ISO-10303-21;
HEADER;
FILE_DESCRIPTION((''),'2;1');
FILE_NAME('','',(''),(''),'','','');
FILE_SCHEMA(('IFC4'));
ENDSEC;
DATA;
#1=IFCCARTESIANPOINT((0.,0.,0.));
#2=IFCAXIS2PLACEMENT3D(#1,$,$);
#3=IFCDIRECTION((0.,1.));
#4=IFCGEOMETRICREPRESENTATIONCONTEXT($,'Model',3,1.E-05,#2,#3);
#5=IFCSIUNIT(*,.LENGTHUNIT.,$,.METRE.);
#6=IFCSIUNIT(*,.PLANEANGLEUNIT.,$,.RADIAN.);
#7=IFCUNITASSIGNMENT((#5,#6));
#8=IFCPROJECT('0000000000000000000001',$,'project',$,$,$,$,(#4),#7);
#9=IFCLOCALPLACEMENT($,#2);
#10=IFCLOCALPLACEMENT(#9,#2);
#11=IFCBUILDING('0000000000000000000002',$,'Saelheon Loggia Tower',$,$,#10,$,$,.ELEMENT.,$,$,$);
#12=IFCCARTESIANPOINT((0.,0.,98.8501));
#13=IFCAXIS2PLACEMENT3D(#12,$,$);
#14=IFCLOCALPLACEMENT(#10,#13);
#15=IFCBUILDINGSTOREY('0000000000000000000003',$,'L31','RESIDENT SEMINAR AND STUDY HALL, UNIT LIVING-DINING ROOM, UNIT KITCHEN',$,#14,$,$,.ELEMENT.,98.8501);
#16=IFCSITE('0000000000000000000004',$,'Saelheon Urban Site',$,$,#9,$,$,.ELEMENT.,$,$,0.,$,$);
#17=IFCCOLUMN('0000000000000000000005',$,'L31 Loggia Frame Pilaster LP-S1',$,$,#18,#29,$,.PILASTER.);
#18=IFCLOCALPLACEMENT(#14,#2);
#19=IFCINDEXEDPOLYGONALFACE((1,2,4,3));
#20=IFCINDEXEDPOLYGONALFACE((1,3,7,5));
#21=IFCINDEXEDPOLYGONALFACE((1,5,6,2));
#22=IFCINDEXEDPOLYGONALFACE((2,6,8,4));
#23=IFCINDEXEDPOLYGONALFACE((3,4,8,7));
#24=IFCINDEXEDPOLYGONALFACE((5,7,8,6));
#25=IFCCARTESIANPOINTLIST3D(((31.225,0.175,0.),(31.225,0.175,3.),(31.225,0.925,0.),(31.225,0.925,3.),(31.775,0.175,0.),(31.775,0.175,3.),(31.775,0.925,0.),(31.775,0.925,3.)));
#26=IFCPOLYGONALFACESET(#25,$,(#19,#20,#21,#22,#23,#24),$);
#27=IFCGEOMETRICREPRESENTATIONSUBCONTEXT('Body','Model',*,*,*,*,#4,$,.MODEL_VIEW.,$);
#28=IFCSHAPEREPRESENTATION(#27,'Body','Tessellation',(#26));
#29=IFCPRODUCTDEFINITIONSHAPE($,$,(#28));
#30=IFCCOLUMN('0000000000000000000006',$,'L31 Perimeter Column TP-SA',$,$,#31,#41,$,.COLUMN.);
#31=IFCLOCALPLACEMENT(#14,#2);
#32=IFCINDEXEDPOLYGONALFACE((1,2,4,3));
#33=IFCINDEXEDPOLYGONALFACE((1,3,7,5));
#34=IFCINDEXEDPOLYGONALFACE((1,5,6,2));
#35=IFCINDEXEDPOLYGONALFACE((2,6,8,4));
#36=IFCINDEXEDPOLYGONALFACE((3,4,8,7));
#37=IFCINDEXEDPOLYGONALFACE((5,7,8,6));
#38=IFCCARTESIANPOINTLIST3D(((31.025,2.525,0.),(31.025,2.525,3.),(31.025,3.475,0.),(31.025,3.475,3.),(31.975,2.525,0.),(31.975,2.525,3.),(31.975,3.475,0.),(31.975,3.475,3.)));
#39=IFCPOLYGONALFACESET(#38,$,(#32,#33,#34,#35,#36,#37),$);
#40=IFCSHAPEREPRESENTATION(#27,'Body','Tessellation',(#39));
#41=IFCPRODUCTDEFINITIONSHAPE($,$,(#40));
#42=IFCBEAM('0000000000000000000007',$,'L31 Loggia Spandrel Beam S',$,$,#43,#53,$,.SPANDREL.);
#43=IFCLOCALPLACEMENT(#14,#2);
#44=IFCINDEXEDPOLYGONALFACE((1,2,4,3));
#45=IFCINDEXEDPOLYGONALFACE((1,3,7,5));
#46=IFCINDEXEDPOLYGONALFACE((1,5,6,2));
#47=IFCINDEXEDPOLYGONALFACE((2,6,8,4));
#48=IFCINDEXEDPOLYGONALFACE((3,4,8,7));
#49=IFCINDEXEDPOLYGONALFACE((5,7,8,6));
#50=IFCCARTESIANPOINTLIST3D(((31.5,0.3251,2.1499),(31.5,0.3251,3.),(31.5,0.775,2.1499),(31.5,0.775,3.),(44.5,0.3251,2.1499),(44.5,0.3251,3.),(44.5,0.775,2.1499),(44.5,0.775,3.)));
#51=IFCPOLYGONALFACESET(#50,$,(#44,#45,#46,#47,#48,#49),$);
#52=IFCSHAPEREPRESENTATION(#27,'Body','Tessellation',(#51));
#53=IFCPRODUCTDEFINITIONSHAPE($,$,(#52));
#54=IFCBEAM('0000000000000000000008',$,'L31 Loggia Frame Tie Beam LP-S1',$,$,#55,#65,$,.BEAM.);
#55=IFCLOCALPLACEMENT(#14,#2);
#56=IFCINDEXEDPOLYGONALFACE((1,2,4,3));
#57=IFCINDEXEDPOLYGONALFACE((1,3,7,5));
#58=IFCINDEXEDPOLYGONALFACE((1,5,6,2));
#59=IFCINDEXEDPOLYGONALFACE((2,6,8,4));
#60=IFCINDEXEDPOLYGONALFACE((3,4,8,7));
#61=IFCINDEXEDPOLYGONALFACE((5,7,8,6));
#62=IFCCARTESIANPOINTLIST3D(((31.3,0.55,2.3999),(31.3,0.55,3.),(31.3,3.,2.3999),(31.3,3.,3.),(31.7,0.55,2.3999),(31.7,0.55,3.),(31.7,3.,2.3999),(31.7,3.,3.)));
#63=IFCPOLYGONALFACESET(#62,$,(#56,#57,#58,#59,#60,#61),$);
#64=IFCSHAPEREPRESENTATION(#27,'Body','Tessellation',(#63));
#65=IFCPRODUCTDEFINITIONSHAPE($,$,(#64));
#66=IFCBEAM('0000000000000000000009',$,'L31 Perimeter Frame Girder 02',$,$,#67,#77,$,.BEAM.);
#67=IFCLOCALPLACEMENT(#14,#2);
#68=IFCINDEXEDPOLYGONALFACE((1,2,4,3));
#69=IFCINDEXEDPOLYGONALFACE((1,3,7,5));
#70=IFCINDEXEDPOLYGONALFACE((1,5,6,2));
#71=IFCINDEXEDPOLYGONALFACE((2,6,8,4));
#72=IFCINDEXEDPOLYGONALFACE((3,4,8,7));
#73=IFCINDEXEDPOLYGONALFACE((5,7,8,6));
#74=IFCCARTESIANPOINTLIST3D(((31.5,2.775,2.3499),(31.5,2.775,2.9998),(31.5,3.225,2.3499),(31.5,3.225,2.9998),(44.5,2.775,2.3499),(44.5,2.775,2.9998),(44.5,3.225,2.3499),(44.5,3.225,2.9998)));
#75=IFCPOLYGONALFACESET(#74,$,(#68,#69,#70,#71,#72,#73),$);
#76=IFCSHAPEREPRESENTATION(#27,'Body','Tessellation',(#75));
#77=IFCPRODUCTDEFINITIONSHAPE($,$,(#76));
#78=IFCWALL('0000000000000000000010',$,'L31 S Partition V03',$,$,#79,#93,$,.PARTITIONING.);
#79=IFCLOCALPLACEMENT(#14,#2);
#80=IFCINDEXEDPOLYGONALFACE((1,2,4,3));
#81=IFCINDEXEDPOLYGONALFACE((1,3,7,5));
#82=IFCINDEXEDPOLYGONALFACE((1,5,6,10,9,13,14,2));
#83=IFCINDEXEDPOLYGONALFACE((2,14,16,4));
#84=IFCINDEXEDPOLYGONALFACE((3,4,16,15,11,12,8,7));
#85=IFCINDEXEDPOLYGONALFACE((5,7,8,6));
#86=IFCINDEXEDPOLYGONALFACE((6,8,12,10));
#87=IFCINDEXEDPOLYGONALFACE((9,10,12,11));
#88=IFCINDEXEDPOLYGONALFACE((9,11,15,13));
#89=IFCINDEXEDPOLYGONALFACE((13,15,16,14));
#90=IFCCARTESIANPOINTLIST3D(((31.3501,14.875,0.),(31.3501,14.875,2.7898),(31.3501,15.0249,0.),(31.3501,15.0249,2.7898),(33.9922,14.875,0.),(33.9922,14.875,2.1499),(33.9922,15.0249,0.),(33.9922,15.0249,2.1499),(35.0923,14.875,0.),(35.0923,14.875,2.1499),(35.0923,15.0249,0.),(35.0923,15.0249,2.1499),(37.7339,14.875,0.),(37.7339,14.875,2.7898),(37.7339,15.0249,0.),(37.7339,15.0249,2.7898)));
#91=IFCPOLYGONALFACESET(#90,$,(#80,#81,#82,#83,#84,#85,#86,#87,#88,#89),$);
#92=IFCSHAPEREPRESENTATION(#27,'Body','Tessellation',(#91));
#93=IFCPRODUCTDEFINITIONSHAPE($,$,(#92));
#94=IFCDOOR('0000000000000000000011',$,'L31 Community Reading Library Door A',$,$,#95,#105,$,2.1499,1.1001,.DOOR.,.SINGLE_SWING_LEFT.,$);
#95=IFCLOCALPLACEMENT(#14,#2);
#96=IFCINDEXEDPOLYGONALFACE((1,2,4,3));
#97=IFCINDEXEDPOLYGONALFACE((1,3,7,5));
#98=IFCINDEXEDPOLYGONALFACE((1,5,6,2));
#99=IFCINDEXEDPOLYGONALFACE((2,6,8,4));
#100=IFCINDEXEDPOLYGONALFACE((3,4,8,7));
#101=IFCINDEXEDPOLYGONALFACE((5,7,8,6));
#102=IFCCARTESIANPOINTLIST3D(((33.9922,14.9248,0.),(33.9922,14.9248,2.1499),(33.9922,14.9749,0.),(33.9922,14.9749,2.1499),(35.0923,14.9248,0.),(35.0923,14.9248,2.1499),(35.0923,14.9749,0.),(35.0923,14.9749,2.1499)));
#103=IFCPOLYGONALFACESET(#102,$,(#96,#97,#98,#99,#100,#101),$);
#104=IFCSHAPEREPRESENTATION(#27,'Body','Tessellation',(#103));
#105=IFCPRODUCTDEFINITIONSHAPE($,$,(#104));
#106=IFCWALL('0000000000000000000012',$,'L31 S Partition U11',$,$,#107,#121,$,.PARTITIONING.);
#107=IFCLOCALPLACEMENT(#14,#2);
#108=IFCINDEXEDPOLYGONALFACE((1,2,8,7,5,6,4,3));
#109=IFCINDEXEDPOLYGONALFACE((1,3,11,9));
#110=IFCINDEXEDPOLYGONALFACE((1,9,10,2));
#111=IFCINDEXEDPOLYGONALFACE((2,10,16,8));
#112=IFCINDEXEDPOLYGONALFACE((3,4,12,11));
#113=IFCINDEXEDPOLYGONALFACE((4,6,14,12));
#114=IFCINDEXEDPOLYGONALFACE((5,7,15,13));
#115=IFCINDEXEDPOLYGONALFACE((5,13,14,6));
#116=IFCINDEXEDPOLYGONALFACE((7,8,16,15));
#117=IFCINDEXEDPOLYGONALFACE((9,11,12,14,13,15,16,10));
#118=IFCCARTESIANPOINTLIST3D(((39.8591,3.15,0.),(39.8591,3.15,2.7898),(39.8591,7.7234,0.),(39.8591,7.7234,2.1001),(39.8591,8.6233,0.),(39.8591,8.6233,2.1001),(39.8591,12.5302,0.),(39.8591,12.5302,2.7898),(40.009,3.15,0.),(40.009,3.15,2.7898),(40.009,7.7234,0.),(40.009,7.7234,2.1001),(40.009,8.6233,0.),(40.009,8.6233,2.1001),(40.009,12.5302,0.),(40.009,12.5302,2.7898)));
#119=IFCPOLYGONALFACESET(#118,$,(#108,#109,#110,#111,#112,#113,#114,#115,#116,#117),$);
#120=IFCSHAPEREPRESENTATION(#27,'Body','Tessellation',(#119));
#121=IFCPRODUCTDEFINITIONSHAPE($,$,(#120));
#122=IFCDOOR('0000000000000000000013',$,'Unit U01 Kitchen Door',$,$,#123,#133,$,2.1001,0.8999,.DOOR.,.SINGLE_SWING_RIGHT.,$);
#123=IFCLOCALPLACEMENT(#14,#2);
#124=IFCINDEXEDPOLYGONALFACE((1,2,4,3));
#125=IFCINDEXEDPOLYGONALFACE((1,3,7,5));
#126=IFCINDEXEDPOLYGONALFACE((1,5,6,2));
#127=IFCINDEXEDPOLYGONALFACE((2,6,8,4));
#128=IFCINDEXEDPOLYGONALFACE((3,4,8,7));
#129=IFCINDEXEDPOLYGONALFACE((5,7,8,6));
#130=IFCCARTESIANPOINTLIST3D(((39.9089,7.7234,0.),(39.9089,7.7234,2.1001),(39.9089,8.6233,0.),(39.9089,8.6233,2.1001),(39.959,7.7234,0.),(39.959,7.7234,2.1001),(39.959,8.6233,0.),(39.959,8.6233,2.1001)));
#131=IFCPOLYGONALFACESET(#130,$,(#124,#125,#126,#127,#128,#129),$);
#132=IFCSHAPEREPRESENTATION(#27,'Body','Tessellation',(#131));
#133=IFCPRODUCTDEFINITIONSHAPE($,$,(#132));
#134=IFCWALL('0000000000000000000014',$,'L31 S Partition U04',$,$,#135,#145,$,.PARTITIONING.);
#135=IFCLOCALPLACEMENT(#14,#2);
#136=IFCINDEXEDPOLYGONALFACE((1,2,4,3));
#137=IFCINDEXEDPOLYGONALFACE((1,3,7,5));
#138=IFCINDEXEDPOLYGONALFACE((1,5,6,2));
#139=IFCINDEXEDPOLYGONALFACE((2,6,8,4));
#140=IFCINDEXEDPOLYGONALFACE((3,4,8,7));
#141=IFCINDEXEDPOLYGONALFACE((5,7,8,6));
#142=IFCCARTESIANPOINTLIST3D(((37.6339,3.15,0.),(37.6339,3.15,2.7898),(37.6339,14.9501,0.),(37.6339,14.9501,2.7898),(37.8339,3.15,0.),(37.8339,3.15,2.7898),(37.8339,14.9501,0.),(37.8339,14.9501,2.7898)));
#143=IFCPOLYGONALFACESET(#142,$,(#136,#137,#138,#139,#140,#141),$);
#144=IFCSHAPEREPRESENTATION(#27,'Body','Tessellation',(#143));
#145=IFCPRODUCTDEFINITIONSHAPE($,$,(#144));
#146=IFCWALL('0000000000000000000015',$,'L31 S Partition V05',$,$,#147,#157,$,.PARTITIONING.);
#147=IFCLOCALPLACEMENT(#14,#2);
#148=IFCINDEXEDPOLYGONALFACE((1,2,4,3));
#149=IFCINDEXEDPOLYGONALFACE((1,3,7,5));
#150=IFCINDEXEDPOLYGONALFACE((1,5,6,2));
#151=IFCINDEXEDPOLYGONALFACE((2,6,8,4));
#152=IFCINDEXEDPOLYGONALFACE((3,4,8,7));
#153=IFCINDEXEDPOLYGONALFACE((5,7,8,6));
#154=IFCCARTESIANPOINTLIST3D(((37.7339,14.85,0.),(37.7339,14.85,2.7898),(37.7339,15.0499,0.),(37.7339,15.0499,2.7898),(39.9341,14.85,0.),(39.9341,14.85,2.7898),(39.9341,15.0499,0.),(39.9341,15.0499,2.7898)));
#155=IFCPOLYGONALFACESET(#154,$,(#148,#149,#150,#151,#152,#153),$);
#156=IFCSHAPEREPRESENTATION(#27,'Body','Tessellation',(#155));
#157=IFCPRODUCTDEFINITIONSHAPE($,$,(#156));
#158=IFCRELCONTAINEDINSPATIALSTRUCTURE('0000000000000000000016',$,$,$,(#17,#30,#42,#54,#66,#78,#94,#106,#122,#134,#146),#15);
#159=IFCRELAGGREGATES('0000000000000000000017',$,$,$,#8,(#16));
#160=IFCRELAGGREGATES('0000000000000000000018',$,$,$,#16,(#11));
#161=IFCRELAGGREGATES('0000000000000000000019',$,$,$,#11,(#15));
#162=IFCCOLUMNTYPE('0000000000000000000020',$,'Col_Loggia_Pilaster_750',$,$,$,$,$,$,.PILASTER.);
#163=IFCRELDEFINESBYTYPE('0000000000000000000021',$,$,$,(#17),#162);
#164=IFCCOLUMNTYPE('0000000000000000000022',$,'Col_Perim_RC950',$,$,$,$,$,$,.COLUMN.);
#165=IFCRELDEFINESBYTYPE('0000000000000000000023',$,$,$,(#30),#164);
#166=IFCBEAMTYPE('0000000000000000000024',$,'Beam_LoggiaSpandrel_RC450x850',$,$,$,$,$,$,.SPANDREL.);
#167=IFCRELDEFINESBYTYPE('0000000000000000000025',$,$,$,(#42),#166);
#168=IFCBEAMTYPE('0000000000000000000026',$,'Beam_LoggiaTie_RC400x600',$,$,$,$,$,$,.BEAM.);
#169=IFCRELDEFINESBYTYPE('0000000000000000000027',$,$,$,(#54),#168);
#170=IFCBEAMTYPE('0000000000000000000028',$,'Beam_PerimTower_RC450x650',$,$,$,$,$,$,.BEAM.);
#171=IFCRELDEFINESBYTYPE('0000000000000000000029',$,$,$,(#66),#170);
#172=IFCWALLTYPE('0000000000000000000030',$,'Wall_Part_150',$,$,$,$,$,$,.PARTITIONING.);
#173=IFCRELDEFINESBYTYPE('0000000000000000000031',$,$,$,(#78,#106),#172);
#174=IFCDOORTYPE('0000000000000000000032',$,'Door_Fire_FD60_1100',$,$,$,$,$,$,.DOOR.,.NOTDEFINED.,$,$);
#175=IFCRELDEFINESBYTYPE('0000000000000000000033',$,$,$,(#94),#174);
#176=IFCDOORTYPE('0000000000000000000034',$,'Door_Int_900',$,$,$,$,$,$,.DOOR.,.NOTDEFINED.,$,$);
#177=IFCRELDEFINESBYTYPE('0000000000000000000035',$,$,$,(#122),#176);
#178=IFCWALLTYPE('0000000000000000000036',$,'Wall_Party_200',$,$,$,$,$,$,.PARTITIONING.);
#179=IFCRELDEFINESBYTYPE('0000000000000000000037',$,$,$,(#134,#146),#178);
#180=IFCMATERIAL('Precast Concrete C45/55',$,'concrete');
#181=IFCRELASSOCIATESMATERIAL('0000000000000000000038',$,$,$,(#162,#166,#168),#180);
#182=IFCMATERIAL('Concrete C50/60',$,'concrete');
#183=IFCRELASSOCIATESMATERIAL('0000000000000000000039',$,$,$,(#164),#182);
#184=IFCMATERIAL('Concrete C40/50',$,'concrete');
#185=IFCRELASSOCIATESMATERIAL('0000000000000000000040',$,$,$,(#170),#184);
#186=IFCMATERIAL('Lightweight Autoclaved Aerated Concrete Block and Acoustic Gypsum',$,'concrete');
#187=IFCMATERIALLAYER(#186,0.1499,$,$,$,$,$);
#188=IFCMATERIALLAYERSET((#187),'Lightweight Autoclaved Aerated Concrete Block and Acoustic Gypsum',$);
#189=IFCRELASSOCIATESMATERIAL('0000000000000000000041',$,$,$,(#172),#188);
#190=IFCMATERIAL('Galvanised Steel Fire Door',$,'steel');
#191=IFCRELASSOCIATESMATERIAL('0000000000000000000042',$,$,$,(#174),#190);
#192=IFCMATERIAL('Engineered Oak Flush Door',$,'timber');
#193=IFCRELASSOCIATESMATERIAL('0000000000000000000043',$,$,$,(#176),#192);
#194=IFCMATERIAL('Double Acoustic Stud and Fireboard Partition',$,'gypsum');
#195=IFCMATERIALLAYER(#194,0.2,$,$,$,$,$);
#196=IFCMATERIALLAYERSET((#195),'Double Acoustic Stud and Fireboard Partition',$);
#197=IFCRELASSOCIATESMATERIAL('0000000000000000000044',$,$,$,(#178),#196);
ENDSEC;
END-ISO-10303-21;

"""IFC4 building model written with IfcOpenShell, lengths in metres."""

from ifc_helpers import new_model, si_unit, direction, frame, frame_2d, origin, origin_2d, place, context, subcontext, project, spatial, rectangle, extrude, source, transform, mapped, material, layer, layer_set, material_profile, profile_set, type_object, element, fill, save


model = new_model("IFC4")

# Units and contexts
model_context = context("Model", 3, precision=1e-05, world=origin(), true_north=direction((0.0, 1.0)))
body_context = subcontext(model_context, "Body", "Model", "MODEL_VIEW")
ifc_project = project(units=[si_unit("LENGTHUNIT", "METRE"), si_unit("PLANEANGLEUNIT", "RADIAN")], contexts=[model_context])

# Site, building, storey
site_placement = place(None, origin())
site = spatial("IfcSite", under=ifc_project, at=site_placement, Name="Saelheon Urban Site", CompositionType="ELEMENT", RefElevation=0.0)
building_placement = place(site_placement, origin())
building = spatial("IfcBuilding", under=site, at=building_placement, Name="Saelheon Loggia Tower", CompositionType="ELEMENT")
storey_placement = place(building_placement, frame((0.0, 0.0, 98.8501)))
storey = spatial("IfcBuildingStorey", under=building, at=storey_placement, Name="L31", Description="RESIDENT SEMINAR AND STUDY HALL, UNIT LIVING-DINING ROOM, UNIT KITCHEN", CompositionType="ELEMENT", Elevation=98.8501)

# Columns
ifc_material_1 = material(Name="Precast Concrete C45/55", Category="concrete")
ifc_material_profile_1 = material_profile(ifc_material_1, rectangle(XDim=0.55, YDim=0.75, at=origin_2d()), Name="RC-550x750")
ifc_profile_set_1 = profile_set([ifc_material_profile_1], Name="Precast Concrete C45/55")
column_type_1 = type_object("IfcColumnType", Name="Col_Loggia_Pilaster_750", PredefinedType="PILASTER", material=ifc_profile_set_1)
shared_shape_1 = source(origin(), body_context, "Body", "SweptSolid", [
    extrude(rectangle(XDim=0.55, YDim=0.75, at=origin_2d()), origin(), (0.0, 0.0, 1.0), 3.0),
])
column_1_placement = place(storey_placement, frame((31.5, 0.55, 0.0), z_axis=(0.0, 0.0, 1.0), x_axis=(1.0, 0.0, 0.0)))
element("IfcColumn", 1, at=column_1_placement, inside=storey, type_object=column_type_1, Name="L31 Loggia Frame Pilaster LP-S1", PredefinedType="PILASTER", context=body_context, shape_type="MappedRepresentation", body=[
    mapped(shared_shape_1, transform((0.0, 0.0, 0.0), scale=1.0)),
])
ifc_material_2 = material(Name="Concrete C50/60", Category="concrete")
ifc_material_profile_2 = material_profile(ifc_material_2, rectangle(XDim=0.95, YDim=0.95, at=origin_2d()), Name="RC-950x950")
ifc_profile_set_2 = profile_set([ifc_material_profile_2], Name="Concrete C50/60")
column_type_2 = type_object("IfcColumnType", Name="Col_Perim_RC950", PredefinedType="COLUMN", material=ifc_profile_set_2)
shared_shape_2 = source(origin(), body_context, "Body", "SweptSolid", [
    extrude(rectangle(XDim=0.95, YDim=0.95, at=origin_2d()), origin(), (0.0, 0.0, 1.0), 3.0),
])
column_2_placement = place(storey_placement, frame((31.5, 3.0, 0.0), z_axis=(0.0, 0.0, 1.0), x_axis=(1.0, 0.0, 0.0)))
element("IfcColumn", 2, at=column_2_placement, inside=storey, type_object=column_type_2, Name="L31 Perimeter Column TP-SA", PredefinedType="COLUMN", context=body_context, shape_type="MappedRepresentation", body=[
    mapped(shared_shape_2, transform((0.0, 0.0, 0.0), scale=1.0)),
])

# Beams
ifc_material_profile_3 = material_profile(ifc_material_1, rectangle(XDim=0.45, YDim=0.8501, at=origin_2d()), Name="RC-450x850")
ifc_profile_set_3 = profile_set([ifc_material_profile_3], Name="Precast Concrete C45/55")
beam_type_1 = type_object("IfcBeamType", Name="Beam_LoggiaSpandrel_RC450x850", PredefinedType="SPANDREL", material=ifc_profile_set_3)
shared_shape_3 = source(origin(), body_context, "Body", "SweptSolid", [
    extrude(rectangle(XDim=0.45, YDim=0.8501, at=origin_2d()), origin(), (0.0, 0.0, 1.0), 13.0),
])
beam_1_placement = place(storey_placement, frame((31.5, 0.55, 2.575), z_axis=(1.0, 0.0, 0.0), x_axis=(0.0, 1.0, 0.0)))
element("IfcBeam", 3, at=beam_1_placement, inside=storey, type_object=beam_type_1, Name="L31 Loggia Spandrel Beam S", PredefinedType="SPANDREL", context=body_context, shape_type="MappedRepresentation", body=[
    mapped(shared_shape_3, transform((0.0, 0.0, 0.0), scale=1.0)),
])
ifc_material_profile_4 = material_profile(ifc_material_1, rectangle(XDim=0.3999, YDim=0.6001, at=origin_2d()), Name="RC-400x600")
ifc_profile_set_4 = profile_set([ifc_material_profile_4], Name="Precast Concrete C45/55")
beam_type_2 = type_object("IfcBeamType", Name="Beam_LoggiaTie_RC400x600", PredefinedType="BEAM", material=ifc_profile_set_4)
shared_shape_4 = source(origin(), body_context, "Body", "SweptSolid", [
    extrude(rectangle(XDim=0.3999, YDim=0.6001, at=origin_2d()), origin(), (0.0, 0.0, 1.0), 2.45),
])
beam_2_placement = place(storey_placement, frame((31.5, 3.0, 2.7), z_axis=(0.0, -1.0, 0.0), x_axis=(1.0, 0.0, 0.0)))
element("IfcBeam", 4, at=beam_2_placement, inside=storey, type_object=beam_type_2, Name="L31 Loggia Frame Tie Beam LP-S1", PredefinedType="BEAM", context=body_context, shape_type="MappedRepresentation", body=[
    mapped(shared_shape_4, transform((0.0, 0.0, 0.0), scale=1.0)),
])
ifc_material_3 = material(Name="Concrete C40/50", Category="concrete")
ifc_material_profile_5 = material_profile(ifc_material_3, rectangle(XDim=0.45, YDim=0.6499, at=origin_2d()), Name="RC-450x650")
ifc_profile_set_5 = profile_set([ifc_material_profile_5], Name="Concrete C40/50")
beam_type_3 = type_object("IfcBeamType", Name="Beam_PerimTower_RC450x650", PredefinedType="BEAM", material=ifc_profile_set_5)
shared_shape_5 = source(origin(), body_context, "Body", "SweptSolid", [
    extrude(rectangle(XDim=0.45, YDim=0.6499, at=origin_2d()), origin(), (0.0, 0.0, 1.0), 13.0),
])
beam_3_placement = place(storey_placement, frame((31.5, 3.0, 2.6748), z_axis=(1.0, 0.0, 0.0), x_axis=(0.0, 1.0, 0.0)))
element("IfcBeam", 5, at=beam_3_placement, inside=storey, type_object=beam_type_3, Name="L31 Perimeter Frame Girder 02", PredefinedType="BEAM", context=body_context, shape_type="MappedRepresentation", body=[
    mapped(shared_shape_5, transform((0.0, 0.0, 0.0), scale=1.0)),
])

# Walls, openings, doors
ifc_material_4 = material(Name="Lightweight Autoclaved Aerated Concrete Block and Acoustic Gypsum", Category="concrete")
ifc_layer_1 = layer(ifc_material_4, 0.1499)
ifc_layer_set_1 = layer_set([ifc_layer_1], Name="Lightweight Autoclaved Aerated Concrete Block and Acoustic Gypsum")
wall_type_1 = type_object("IfcWallType", Name="Wall_Part_150", PredefinedType="PARTITIONING", material=ifc_layer_set_1)
wall_1_placement = place(storey_placement, frame((31.3501, 14.95, 0.0), z_axis=(0.0, 0.0, 1.0), x_axis=(1.0, 0.0, 0.0)))
wall_1 = element("IfcWall", 6, at=wall_1_placement, inside=storey, type_object=wall_type_1, Name="L31 S Partition V03", PredefinedType="PARTITIONING", context=body_context, shape_type="SweptSolid", body=[
    extrude(rectangle(XDim=6.3838, YDim=0.1499, at=frame_2d((3.1919, 0.0))), origin(), (0.0, 0.0, 1.0), 2.7898),
])
opening_1_placement = place(wall_1_placement, frame((2.6421, 0.0, 0.0)))
opening_1 = element("IfcOpeningElement", 7, at=opening_1_placement, cuts=wall_1, PredefinedType="OPENING", context=body_context, shape_type="SweptSolid", body=[
    extrude(rectangle(XDim=1.1001, YDim=2.1499, at=frame_2d((0.55, 1.075))), frame((0.0, 0.0869, 0.0), z_axis=(0.0, -1.0, 0.0), x_axis=(1.0, 0.0, 0.0)), (0.0, 0.0, 1.0), 0.1738),
])
ifc_material_5 = material(Name="Galvanised Steel Fire Door", Category="steel")
door_type_1 = type_object("IfcDoorType", Name="Door_Fire_FD60_1100", OperationType="NOTDEFINED", PredefinedType="DOOR", material=ifc_material_5)
shared_shape_6 = source(origin(), body_context, "Body", "SweptSolid", [
    extrude(rectangle(XDim=1.1001, YDim=2.1499, at=frame_2d((0.55, 1.075))), frame((0.0, 0.0249, 0.0), z_axis=(0.0, -1.0, 0.0), x_axis=(1.0, 0.0, 0.0)), (0.0, 0.0, 1.0), 0.05),
])
door_1_placement = place(opening_1_placement, origin())
door_1 = element("IfcDoor", 8, at=door_1_placement, inside=storey, type_object=door_type_1, Name="L31 Community Reading Library Door A", OperationType="SINGLE_SWING_LEFT", OverallHeight=2.1499, OverallWidth=1.1001, PredefinedType="DOOR", context=body_context, shape_type="MappedRepresentation", body=[
    mapped(shared_shape_6, transform((0.0, 0.0, 0.0), scale=1.0)),
])
fill(opening_1, door_1)
wall_2_placement = place(storey_placement, frame((39.9341, 12.53, 0.0), z_axis=(0.0, 0.0, 1.0), x_axis=(0.0, -1.0, 0.0)))
wall_2 = element("IfcWall", 9, at=wall_2_placement, inside=storey, type_object=wall_type_1, Name="L31 S Partition U11", PredefinedType="PARTITIONING", context=body_context, shape_type="SweptSolid", body=[
    extrude(rectangle(XDim=9.3801, YDim=0.1499, at=frame_2d((4.6899, 0.0))), origin(), (0.0, 0.0, 1.0), 2.7898),
])
opening_2_placement = place(wall_2_placement, frame((3.9067, 0.0, 0.0)))
opening_2 = element("IfcOpeningElement", 10, at=opening_2_placement, cuts=wall_2, PredefinedType="OPENING", context=body_context, shape_type="SweptSolid", body=[
    extrude(rectangle(XDim=0.8999, YDim=2.1001, at=frame_2d((0.45, 1.05))), frame((0.0, 0.0869, 0.0), z_axis=(0.0, -1.0, 0.0), x_axis=(1.0, 0.0, 0.0)), (0.0, 0.0, 1.0), 0.1738),
])
ifc_material_6 = material(Name="Engineered Oak Flush Door", Category="timber")
door_type_2 = type_object("IfcDoorType", Name="Door_Int_900", OperationType="NOTDEFINED", PredefinedType="DOOR", material=ifc_material_6)
shared_shape_7 = source(origin(), body_context, "Body", "SweptSolid", [
    extrude(rectangle(XDim=0.8999, YDim=2.1001, at=frame_2d((0.45, 1.05))), frame((0.0, 0.0249, 0.0), z_axis=(0.0, -1.0, 0.0), x_axis=(1.0, 0.0, 0.0)), (0.0, 0.0, 1.0), 0.05),
])
door_2_placement = place(opening_2_placement, origin())
door_2 = element("IfcDoor", 11, at=door_2_placement, inside=storey, type_object=door_type_2, Name="Unit U01 Kitchen Door", OperationType="SINGLE_SWING_RIGHT", OverallHeight=2.1001, OverallWidth=0.8999, PredefinedType="DOOR", context=body_context, shape_type="MappedRepresentation", body=[
    mapped(shared_shape_7, transform((0.0, 0.0, 0.0), scale=1.0)),
])
fill(opening_2, door_2)

# Walls
ifc_material_7 = material(Name="Double Acoustic Stud and Fireboard Partition", Category="gypsum")
ifc_layer_2 = layer(ifc_material_7, 0.2)
ifc_layer_set_2 = layer_set([ifc_layer_2], Name="Double Acoustic Stud and Fireboard Partition")
wall_type_2 = type_object("IfcWallType", Name="Wall_Party_200", PredefinedType="PARTITIONING", material=ifc_layer_set_2)
wall_3_placement = place(storey_placement, frame((37.7339, 14.95, 0.0), z_axis=(0.0, 0.0, 1.0), x_axis=(0.0, -1.0, 0.0)))
element("IfcWall", 12, at=wall_3_placement, inside=storey, type_object=wall_type_2, Name="L31 S Partition U04", PredefinedType="PARTITIONING", context=body_context, shape_type="SweptSolid", body=[
    extrude(rectangle(XDim=11.8, YDim=0.2, at=frame_2d((5.8999, 0.0))), origin(), (0.0, 0.0, 1.0), 2.7898),
])
wall_4_placement = place(storey_placement, frame((37.7339, 14.95, 0.0), z_axis=(0.0, 0.0, 1.0), x_axis=(1.0, 0.0, 0.0)))
element("IfcWall", 13, at=wall_4_placement, inside=storey, type_object=wall_type_2, Name="L31 S Partition V05", PredefinedType="PARTITIONING", context=body_context, shape_type="SweptSolid", body=[
    extrude(rectangle(XDim=2.2002, YDim=0.2, at=frame_2d((1.1001, 0.0))), origin(), (0.0, 0.0, 1.0), 2.7898),
])

save(model, "model.ifc")
